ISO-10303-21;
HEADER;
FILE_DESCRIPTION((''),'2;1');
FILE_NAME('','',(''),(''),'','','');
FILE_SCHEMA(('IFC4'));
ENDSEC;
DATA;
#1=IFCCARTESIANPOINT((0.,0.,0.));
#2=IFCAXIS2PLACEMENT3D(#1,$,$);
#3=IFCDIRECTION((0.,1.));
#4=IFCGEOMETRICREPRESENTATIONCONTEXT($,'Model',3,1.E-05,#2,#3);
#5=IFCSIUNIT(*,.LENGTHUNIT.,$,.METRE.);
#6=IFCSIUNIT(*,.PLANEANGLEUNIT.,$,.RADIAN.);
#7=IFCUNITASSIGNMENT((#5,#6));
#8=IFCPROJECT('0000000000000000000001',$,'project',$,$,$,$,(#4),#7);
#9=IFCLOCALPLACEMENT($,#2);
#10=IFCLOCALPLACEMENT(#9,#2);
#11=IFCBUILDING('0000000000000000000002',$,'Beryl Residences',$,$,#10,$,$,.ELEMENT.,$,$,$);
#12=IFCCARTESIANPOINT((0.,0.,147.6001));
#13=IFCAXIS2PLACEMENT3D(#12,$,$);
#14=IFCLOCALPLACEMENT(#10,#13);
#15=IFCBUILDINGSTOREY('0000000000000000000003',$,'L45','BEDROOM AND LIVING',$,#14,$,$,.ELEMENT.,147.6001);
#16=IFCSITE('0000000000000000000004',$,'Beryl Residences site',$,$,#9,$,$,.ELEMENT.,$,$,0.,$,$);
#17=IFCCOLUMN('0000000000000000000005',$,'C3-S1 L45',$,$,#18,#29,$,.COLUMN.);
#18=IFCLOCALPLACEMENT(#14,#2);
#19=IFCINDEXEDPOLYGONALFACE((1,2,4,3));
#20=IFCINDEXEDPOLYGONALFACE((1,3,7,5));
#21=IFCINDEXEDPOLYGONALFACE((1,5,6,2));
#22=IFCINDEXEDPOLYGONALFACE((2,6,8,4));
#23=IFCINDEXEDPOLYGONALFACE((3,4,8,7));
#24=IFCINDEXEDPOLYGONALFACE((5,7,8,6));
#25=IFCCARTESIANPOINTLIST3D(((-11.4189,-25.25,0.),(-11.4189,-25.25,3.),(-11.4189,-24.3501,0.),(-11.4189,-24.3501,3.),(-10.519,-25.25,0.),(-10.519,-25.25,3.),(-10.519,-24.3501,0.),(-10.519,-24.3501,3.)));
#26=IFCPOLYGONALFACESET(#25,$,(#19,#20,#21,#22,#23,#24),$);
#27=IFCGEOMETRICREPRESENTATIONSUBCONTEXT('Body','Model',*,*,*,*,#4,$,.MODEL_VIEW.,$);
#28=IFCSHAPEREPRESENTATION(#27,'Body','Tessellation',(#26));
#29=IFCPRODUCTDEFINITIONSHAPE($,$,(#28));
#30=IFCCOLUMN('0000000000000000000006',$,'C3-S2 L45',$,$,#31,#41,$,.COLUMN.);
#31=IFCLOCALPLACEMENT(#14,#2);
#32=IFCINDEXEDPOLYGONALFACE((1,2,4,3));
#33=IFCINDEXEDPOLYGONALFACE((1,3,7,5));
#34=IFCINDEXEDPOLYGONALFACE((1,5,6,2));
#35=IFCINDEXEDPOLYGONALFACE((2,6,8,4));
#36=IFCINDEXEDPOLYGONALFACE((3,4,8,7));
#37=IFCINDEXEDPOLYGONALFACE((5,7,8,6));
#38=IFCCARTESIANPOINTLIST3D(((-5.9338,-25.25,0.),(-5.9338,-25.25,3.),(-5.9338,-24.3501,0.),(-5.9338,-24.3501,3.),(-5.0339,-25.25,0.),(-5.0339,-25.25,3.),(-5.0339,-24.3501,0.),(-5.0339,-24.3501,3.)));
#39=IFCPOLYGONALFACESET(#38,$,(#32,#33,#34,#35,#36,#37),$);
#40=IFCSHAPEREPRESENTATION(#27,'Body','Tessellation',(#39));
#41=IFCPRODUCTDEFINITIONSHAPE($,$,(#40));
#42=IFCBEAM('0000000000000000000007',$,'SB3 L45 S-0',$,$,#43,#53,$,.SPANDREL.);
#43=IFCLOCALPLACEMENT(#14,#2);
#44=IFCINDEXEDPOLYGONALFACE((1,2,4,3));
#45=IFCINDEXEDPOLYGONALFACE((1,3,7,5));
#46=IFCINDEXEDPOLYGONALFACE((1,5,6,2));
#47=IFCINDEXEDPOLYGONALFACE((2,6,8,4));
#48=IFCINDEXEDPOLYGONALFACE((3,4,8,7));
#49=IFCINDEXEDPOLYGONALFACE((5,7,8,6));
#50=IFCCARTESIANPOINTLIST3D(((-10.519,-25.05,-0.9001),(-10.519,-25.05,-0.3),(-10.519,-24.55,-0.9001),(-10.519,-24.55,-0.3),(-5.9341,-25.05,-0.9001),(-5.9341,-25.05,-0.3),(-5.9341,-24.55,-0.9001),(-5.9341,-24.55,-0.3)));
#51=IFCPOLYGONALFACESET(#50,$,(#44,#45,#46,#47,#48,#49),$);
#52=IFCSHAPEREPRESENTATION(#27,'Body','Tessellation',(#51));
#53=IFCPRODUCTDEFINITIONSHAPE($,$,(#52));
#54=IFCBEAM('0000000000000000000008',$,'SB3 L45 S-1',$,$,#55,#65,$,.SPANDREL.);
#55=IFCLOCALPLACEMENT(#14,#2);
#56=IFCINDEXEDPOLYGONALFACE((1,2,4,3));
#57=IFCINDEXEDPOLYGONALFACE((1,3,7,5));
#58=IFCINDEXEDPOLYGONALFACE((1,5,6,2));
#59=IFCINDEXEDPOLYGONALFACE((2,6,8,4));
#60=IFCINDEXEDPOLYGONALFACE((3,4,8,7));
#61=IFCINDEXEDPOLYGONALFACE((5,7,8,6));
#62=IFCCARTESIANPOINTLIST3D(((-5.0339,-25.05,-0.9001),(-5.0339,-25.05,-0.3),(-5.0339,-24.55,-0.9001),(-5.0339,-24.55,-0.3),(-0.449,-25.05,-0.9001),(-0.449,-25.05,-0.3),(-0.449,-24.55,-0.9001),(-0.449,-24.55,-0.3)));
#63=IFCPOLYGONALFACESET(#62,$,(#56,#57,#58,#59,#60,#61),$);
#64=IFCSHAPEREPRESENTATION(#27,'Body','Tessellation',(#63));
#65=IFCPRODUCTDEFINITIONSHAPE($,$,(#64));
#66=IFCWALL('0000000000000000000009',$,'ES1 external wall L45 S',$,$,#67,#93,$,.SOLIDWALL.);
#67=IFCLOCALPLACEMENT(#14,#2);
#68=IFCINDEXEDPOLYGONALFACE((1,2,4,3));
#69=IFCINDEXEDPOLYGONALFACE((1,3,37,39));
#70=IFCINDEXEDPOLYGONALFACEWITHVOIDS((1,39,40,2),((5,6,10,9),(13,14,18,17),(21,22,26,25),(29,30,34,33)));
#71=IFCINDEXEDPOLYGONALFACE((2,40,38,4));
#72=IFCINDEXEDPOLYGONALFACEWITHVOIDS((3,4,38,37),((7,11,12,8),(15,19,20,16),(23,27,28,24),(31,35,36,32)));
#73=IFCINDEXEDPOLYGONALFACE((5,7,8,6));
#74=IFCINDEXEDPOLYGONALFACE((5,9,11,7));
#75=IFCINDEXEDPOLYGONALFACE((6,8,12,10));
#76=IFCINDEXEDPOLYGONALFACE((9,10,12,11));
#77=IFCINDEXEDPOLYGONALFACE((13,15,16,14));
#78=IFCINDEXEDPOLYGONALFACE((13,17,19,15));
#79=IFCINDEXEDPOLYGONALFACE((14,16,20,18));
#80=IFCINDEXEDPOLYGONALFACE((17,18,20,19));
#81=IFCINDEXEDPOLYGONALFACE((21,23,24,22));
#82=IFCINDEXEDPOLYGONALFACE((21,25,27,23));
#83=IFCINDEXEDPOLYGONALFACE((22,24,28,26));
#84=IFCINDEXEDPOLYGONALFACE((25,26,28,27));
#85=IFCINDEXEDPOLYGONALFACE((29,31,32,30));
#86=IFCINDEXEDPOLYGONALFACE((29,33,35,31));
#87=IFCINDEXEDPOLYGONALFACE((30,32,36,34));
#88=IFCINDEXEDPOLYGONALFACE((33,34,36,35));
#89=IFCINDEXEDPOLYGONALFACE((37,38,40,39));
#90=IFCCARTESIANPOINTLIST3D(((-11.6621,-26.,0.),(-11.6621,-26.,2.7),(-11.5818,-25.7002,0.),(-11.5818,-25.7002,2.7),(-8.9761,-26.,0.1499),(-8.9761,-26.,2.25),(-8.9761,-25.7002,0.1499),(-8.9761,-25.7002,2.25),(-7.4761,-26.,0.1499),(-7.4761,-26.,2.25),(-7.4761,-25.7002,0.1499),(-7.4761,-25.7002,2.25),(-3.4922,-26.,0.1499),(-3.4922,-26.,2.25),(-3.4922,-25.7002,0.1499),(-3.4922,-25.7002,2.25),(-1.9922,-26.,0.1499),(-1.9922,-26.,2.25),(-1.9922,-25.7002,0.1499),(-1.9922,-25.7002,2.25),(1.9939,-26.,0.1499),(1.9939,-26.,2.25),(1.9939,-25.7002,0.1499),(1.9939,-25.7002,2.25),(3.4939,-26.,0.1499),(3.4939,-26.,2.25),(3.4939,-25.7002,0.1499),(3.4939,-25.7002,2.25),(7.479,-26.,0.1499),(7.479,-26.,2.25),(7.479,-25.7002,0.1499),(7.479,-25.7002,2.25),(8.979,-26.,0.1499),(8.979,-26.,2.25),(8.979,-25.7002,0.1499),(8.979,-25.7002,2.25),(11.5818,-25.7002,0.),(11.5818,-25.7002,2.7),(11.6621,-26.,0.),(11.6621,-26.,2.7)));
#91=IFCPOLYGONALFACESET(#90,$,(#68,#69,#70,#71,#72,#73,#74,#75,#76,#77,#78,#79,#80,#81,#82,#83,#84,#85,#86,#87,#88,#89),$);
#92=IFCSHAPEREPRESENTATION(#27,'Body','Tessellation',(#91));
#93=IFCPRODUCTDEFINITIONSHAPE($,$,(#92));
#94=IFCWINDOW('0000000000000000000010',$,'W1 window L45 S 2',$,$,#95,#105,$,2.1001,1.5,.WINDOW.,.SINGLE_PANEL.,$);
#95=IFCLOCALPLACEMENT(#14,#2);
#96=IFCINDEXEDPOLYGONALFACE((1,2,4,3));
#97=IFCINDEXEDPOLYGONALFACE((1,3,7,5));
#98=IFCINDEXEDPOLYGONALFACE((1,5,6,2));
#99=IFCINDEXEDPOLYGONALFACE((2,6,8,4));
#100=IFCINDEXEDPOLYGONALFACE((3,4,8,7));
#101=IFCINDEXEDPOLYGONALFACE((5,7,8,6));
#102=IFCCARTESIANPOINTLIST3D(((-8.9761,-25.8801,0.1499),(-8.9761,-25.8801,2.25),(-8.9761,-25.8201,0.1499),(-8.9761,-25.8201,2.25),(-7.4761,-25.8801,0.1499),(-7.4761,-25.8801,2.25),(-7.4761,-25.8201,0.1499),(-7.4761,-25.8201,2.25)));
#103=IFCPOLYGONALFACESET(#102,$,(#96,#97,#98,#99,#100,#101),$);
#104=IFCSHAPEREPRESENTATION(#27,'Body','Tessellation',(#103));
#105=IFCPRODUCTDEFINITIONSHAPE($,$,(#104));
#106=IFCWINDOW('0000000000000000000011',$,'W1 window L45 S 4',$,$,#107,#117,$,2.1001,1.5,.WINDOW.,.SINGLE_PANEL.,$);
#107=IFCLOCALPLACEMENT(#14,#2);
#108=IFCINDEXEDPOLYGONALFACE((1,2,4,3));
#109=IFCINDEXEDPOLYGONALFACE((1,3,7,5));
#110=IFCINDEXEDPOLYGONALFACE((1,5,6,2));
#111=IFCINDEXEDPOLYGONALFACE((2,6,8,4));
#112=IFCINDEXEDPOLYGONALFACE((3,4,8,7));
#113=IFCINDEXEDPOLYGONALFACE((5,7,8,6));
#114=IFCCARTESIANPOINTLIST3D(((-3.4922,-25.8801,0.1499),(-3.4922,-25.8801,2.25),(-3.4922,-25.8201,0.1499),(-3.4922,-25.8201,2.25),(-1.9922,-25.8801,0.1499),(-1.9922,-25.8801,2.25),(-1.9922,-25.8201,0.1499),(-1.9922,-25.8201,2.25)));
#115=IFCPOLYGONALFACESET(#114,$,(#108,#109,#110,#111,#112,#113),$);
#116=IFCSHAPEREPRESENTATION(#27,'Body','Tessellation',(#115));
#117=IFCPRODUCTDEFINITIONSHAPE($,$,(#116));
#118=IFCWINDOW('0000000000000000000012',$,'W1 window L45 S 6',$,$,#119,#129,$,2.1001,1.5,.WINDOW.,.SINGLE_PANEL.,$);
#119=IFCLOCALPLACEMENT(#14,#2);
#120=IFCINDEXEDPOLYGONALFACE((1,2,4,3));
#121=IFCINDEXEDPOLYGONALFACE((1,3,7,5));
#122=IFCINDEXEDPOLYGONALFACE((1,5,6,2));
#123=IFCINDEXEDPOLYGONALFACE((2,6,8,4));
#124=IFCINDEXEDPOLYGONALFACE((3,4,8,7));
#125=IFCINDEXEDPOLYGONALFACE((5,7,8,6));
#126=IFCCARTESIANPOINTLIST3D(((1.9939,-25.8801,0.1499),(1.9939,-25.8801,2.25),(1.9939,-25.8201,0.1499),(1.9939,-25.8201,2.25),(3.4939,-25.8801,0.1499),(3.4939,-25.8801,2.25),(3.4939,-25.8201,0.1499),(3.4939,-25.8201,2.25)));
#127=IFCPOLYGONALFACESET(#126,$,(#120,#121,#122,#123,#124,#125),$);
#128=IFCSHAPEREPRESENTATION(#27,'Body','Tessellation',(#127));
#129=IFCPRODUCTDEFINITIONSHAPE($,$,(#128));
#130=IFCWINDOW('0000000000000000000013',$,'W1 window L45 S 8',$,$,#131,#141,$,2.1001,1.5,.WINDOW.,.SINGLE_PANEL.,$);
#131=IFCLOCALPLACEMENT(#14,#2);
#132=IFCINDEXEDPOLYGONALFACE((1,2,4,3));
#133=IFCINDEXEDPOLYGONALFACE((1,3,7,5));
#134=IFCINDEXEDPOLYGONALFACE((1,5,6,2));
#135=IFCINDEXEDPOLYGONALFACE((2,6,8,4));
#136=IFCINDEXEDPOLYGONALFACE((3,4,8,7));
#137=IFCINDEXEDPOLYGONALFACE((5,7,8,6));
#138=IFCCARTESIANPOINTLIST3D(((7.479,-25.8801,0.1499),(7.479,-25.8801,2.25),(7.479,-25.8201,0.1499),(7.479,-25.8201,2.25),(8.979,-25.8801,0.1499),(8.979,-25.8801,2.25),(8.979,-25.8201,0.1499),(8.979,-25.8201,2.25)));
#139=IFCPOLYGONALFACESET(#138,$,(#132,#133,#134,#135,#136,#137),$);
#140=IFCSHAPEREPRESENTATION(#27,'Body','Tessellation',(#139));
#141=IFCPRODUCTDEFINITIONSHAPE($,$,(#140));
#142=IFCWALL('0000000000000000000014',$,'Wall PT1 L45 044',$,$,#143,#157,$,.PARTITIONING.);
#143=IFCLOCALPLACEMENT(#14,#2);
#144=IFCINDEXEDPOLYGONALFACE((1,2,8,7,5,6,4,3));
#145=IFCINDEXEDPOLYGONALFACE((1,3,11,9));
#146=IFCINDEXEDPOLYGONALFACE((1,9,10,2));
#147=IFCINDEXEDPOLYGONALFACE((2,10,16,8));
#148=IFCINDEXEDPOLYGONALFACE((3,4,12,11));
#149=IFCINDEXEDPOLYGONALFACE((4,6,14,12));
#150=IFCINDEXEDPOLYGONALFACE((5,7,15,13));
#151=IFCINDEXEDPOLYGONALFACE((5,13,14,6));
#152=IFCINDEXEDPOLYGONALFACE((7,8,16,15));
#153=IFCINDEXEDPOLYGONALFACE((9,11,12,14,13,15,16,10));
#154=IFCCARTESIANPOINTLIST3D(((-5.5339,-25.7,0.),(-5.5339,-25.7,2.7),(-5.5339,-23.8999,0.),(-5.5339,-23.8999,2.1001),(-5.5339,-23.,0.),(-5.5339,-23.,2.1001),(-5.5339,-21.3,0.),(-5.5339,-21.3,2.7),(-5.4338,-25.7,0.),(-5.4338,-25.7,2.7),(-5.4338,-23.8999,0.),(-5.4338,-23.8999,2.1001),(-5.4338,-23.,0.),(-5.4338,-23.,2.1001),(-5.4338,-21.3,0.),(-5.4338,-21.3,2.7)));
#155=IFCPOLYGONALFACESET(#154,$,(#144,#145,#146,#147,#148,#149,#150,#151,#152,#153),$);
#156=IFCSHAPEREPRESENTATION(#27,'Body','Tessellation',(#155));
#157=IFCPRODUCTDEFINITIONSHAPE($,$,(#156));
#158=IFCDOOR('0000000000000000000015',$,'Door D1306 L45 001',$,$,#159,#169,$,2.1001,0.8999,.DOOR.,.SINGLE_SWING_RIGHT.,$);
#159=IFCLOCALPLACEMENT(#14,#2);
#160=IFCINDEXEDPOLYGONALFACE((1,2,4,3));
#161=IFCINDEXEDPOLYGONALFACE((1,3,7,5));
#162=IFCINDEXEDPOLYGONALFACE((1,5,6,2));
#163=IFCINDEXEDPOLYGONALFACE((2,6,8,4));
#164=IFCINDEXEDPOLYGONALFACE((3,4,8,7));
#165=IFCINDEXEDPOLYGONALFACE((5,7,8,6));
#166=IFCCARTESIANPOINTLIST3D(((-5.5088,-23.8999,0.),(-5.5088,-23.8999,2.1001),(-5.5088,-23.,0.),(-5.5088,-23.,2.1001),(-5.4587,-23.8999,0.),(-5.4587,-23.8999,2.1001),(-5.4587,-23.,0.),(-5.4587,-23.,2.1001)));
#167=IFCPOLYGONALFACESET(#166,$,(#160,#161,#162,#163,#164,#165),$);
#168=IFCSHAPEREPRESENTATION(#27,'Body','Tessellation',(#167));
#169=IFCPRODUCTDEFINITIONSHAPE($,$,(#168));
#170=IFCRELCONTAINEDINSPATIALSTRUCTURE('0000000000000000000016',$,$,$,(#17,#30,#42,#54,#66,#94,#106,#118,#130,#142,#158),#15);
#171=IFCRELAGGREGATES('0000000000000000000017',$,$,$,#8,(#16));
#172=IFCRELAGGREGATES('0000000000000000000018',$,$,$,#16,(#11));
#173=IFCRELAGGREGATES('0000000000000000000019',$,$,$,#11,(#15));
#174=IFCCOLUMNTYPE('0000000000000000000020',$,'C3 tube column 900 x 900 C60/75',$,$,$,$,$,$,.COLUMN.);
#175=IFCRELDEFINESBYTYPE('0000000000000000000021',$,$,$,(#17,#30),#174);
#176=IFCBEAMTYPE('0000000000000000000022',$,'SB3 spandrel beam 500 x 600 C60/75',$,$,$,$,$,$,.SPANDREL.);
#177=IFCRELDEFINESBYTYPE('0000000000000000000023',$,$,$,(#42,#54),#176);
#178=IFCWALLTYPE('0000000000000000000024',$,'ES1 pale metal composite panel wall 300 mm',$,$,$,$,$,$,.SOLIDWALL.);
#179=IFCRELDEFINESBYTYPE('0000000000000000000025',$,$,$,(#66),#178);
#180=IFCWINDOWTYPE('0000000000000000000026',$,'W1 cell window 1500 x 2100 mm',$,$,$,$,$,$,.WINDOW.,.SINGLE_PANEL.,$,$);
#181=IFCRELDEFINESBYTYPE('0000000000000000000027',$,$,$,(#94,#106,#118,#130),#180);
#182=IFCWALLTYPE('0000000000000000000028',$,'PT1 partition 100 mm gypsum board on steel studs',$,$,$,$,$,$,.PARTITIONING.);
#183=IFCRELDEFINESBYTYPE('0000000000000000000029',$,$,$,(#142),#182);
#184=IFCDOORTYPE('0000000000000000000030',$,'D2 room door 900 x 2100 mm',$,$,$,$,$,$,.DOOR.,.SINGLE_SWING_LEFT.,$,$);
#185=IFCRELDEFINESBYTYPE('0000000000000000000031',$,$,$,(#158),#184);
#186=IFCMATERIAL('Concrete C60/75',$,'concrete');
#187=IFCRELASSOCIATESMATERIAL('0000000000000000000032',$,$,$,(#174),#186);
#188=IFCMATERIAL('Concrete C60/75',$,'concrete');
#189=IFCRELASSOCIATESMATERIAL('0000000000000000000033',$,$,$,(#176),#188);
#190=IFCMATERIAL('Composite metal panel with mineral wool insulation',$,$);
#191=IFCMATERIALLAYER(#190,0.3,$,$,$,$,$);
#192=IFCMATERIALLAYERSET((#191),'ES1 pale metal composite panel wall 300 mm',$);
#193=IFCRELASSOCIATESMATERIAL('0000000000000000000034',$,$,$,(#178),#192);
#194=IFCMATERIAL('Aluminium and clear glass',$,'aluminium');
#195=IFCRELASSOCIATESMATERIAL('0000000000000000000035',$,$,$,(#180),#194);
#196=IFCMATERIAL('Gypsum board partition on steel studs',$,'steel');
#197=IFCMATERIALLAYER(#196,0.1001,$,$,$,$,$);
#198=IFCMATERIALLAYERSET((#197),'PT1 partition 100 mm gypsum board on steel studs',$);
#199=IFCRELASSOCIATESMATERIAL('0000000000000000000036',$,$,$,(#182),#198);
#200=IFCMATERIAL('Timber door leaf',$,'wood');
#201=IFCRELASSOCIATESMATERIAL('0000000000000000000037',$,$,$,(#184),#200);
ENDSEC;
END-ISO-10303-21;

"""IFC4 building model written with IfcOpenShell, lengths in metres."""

from ifc_helpers import new_model, si_unit, direction, frame, frame_2d, origin, origin_2d, place, context, subcontext, project, spatial, polyline, rectangle, outline, extrude, material, layer, layer_set, material_profile, profile_set, type_object, element, fill, save


model = new_model("IFC4")

# Units and contexts
model_context = context("Model", 3, precision=1e-05, world=origin(), true_north=direction((0.0, 1.0)))
body_context = subcontext(model_context, "Body", "Model", "MODEL_VIEW")
ifc_project = project(units=[si_unit("LENGTHUNIT", "METRE"), si_unit("PLANEANGLEUNIT", "RADIAN")], contexts=[model_context])

# Site, building, storey
site_placement = place(None, origin())
site = spatial("IfcSite", under=ifc_project, at=site_placement, Name="Beryl Residences site", CompositionType="ELEMENT", RefElevation=0.0)
building_placement = place(site_placement, origin())
building = spatial("IfcBuilding", under=site, at=building_placement, Name="Beryl Residences", CompositionType="ELEMENT")
storey_placement = place(building_placement, frame((0.0, 0.0, 147.6001)))
storey = spatial("IfcBuildingStorey", under=building, at=storey_placement, Name="L45", Description="BEDROOM AND LIVING", CompositionType="ELEMENT", Elevation=147.6001)

# Columns
ifc_material_1 = material(Name="Concrete C60/75", Category="concrete")
ifc_material_profile_1 = material_profile(ifc_material_1, rectangle(XDim=0.8999, YDim=0.8999, at=origin_2d()))
ifc_profile_set_1 = profile_set([ifc_material_profile_1], Name="Concrete C60/75")
column_type = type_object("IfcColumnType", Name="C3 tube column 900 x 900 C60/75", PredefinedType="COLUMN", material=ifc_profile_set_1)
for number, where, z_axis, x_axis, name in (
    (1, (-10.969, -24.8, 0.0), (0.0, 0.0, 1.0), (1.0, 0.0, 0.0), "C3-S1 L45"),
    (2, (-5.4839, -24.8, 0.0), (0.0, 0.0, 1.0), (1.0, 0.0, 0.0), "C3-S2 L45"),
):
    element("IfcColumn", number, at=place(storey_placement, frame(where, z_axis=z_axis, x_axis=x_axis)), inside=storey, type_object=column_type, Name=name, PredefinedType="COLUMN", context=body_context, shape_type="SweptSolid", body=[
        extrude(rectangle(XDim=0.8999, YDim=0.8999, at=origin_2d()), origin(), (0.0, 0.0, 1.0), 3.0),
    ])

# Beams
ifc_material_2 = material(Name="Concrete C60/75", Category="concrete")
ifc_material_profile_2 = material_profile(ifc_material_2, rectangle(XDim=0.5, YDim=0.6001, at=origin_2d()))
ifc_profile_set_2 = profile_set([ifc_material_profile_2], Name="Concrete C60/75")
beam_type = type_object("IfcBeamType", Name="SB3 spandrel beam 500 x 600 C60/75", PredefinedType="SPANDREL", material=ifc_profile_set_2)
for number, where, z_axis, x_axis, name in (
    (3, (-10.519, -24.8, -0.6001), (1.0, 0.0, 0.0), (0.0, 1.0, 0.0), "SB3 L45 S-0"),
    (4, (-5.0339, -24.8, -0.6001), (1.0, 0.0, 0.0), (0.0, 1.0, 0.0), "SB3 L45 S-1"),
):
    element("IfcBeam", number, at=place(storey_placement, frame(where, z_axis=z_axis, x_axis=x_axis)), inside=storey, type_object=beam_type, Name=name, PredefinedType="SPANDREL", context=body_context, shape_type="SweptSolid", body=[
        extrude(rectangle(XDim=0.5, YDim=0.6001, at=origin_2d()), origin(), (0.0, 0.0, 1.0), 4.585),
    ])

# Wall, openings, windows
ifc_material_3 = material(Name="Composite metal panel with mineral wool insulation")
ifc_layer_1 = layer(ifc_material_3, 0.3)
ifc_layer_set_1 = layer_set([ifc_layer_1], Name="ES1 pale metal composite panel wall 300 mm")
wall_type_1 = type_object("IfcWallType", Name="ES1 pale metal composite panel wall 300 mm", PredefinedType="SOLIDWALL", material=ifc_layer_set_1)
wall_1_placement = place(storey_placement, frame((-11.6621, -25.8501, 0.0), z_axis=(0.0, 0.0, 1.0), x_axis=(1.0, 0.0, 0.0)))
wall_1 = element("IfcWall", 5, at=wall_1_placement, inside=storey, type_object=wall_type_1, Name="ES1 external wall L45 S", PredefinedType="SOLIDWALL", context=body_context, shape_type="SweptSolid", body=[
    extrude(outline(polyline([(0.0, -0.1499), (23.3242, -0.1499), (23.2439, 0.1499), (0.0803, 0.1499), (0.0, -0.1499)])), origin(), (0.0, 0.0, 1.0), 2.7),
])
opening_1_placement = place(wall_1_placement, frame((2.686, 0.0, 0.1499)))
opening_1 = element("IfcOpeningElement", 6, at=opening_1_placement, cuts=wall_1, PredefinedType="OPENING", context=body_context, shape_type="SweptSolid", body=[
    extrude(rectangle(XDim=1.5, YDim=2.1001, at=frame_2d((0.75, 1.05))), frame((0.0, 0.1599, 0.0), z_axis=(0.0, -1.0, 0.0), x_axis=(1.0, 0.0, 0.0)), (0.0, 0.0, 1.0), 0.3201),
])
opening_2_placement = place(wall_1_placement, frame((8.1699, 0.0, 0.1499)))
opening_2 = element("IfcOpeningElement", 7, at=opening_2_placement, cuts=wall_1, PredefinedType="OPENING", context=body_context, shape_type="SweptSolid", body=[
    extrude(rectangle(XDim=1.5, YDim=2.1001, at=frame_2d((0.75, 1.05))), frame((0.0, 0.1599, 0.0), z_axis=(0.0, -1.0, 0.0), x_axis=(1.0, 0.0, 0.0)), (0.0, 0.0, 1.0), 0.3201),
])
opening_3_placement = place(wall_1_placement, frame((13.656, 0.0, 0.1499)))
opening_3 = element("IfcOpeningElement", 8, at=opening_3_placement, cuts=wall_1, PredefinedType="OPENING", context=body_context, shape_type="SweptSolid", body=[
    extrude(rectangle(XDim=1.5, YDim=2.1001, at=frame_2d((0.75, 1.05))), frame((0.0, 0.1599, 0.0), z_axis=(0.0, -1.0, 0.0), x_axis=(1.0, 0.0, 0.0)), (0.0, 0.0, 1.0), 0.3201),
])
opening_4_placement = place(wall_1_placement, frame((19.1411, 0.0, 0.1499)))
opening_4 = element("IfcOpeningElement", 9, at=opening_4_placement, cuts=wall_1, PredefinedType="OPENING", context=body_context, shape_type="SweptSolid", body=[
    extrude(rectangle(XDim=1.5, YDim=2.1001, at=frame_2d((0.75, 1.05))), frame((0.0, 0.1599, 0.0), z_axis=(0.0, -1.0, 0.0), x_axis=(1.0, 0.0, 0.0)), (0.0, 0.0, 1.0), 0.3201),
])
ifc_material_4 = material(Name="Aluminium and clear glass", Category="aluminium")
window_type = type_object("IfcWindowType", Name="W1 cell window 1500 x 2100 mm", PartitioningType="SINGLE_PANEL", PredefinedType="WINDOW", material=ifc_material_4)
window_1_placement = place(opening_1_placement, origin())
window_1 = element("IfcWindow", 10, at=window_1_placement, inside=storey, type_object=window_type, Name="W1 window L45 S 2", OverallHeight=2.1001, OverallWidth=1.5, PartitioningType="SINGLE_PANEL", PredefinedType="WINDOW", context=body_context, shape_type="SweptSolid", body=[
    extrude(rectangle(XDim=1.5, YDim=2.1001, at=frame_2d((0.75, 1.05))), frame((0.0, 0.03, 0.0), z_axis=(0.0, -1.0, 0.0), x_axis=(1.0, 0.0, 0.0)), (0.0, 0.0, 1.0), 0.0601),
])
fill(opening_1, window_1)
window_2_placement = place(opening_2_placement, origin())
window_2 = element("IfcWindow", 11, at=window_2_placement, inside=storey, type_object=window_type, Name="W1 window L45 S 4", OverallHeight=2.1001, OverallWidth=1.5, PartitioningType="SINGLE_PANEL", PredefinedType="WINDOW", context=body_context, shape_type="SweptSolid", body=[
    extrude(rectangle(XDim=1.5, YDim=2.1001, at=frame_2d((0.75, 1.05))), frame((0.0, 0.03, 0.0), z_axis=(0.0, -1.0, 0.0), x_axis=(1.0, 0.0, 0.0)), (0.0, 0.0, 1.0), 0.0601),
])
fill(opening_2, window_2)
window_3_placement = place(opening_3_placement, origin())
window_3 = element("IfcWindow", 12, at=window_3_placement, inside=storey, type_object=window_type, Name="W1 window L45 S 6", OverallHeight=2.1001, OverallWidth=1.5, PartitioningType="SINGLE_PANEL", PredefinedType="WINDOW", context=body_context, shape_type="SweptSolid", body=[
    extrude(rectangle(XDim=1.5, YDim=2.1001, at=frame_2d((0.75, 1.05))), frame((0.0, 0.03, 0.0), z_axis=(0.0, -1.0, 0.0), x_axis=(1.0, 0.0, 0.0)), (0.0, 0.0, 1.0), 0.0601),
])
fill(opening_3, window_3)
window_4_placement = place(opening_4_placement, origin())
window_4 = element("IfcWindow", 13, at=window_4_placement, inside=storey, type_object=window_type, Name="W1 window L45 S 8", OverallHeight=2.1001, OverallWidth=1.5, PartitioningType="SINGLE_PANEL", PredefinedType="WINDOW", context=body_context, shape_type="SweptSolid", body=[
    extrude(rectangle(XDim=1.5, YDim=2.1001, at=frame_2d((0.75, 1.05))), frame((0.0, 0.03, 0.0), z_axis=(0.0, -1.0, 0.0), x_axis=(1.0, 0.0, 0.0)), (0.0, 0.0, 1.0), 0.0601),
])
fill(opening_4, window_4)

# Wall, opening, door
ifc_material_5 = material(Name="Gypsum board partition on steel studs", Category="steel")
ifc_layer_2 = layer(ifc_material_5, 0.1001)
ifc_layer_set_2 = layer_set([ifc_layer_2], Name="PT1 partition 100 mm gypsum board on steel studs")
wall_type_2 = type_object("IfcWallType", Name="PT1 partition 100 mm gypsum board on steel studs", PredefinedType="PARTITIONING", material=ifc_layer_set_2)
wall_2_placement = place(storey_placement, frame((-5.4839, -25.7, 0.0), z_axis=(0.0, 0.0, 1.0), x_axis=(0.0, 1.0, 0.0)))
wall_2 = element("IfcWall", 14, at=wall_2_placement, inside=storey, type_object=wall_type_2, Name="Wall PT1 L45 044", PredefinedType="PARTITIONING", context=body_context, shape_type="SweptSolid", body=[
    extrude(rectangle(XDim=4.3999, YDim=0.1001, at=frame_2d((2.2, 0.0))), origin(), (0.0, 0.0, 1.0), 2.7),
])
opening_5_placement = place(wall_2_placement, frame((1.8, 0.0, 0.0)))
opening_5 = element("IfcOpeningElement", 15, at=opening_5_placement, cuts=wall_2, PredefinedType="OPENING", context=body_context, shape_type="SweptSolid", body=[
    extrude(rectangle(XDim=0.8999, YDim=2.1001, at=frame_2d((0.45, 1.05))), frame((0.0, 0.0601, 0.0), z_axis=(0.0, -1.0, 0.0), x_axis=(1.0, 0.0, 0.0)), (0.0, 0.0, 1.0), 0.1201),
])
ifc_material_6 = material(Name="Timber door leaf", Category="wood")
door_type_1 = type_object("IfcDoorType", Name="D2 room door 900 x 2100 mm", OperationType="SINGLE_SWING_LEFT", PredefinedType="DOOR", material=ifc_material_6)
door_1_placement = place(opening_5_placement, origin())
door_1 = element("IfcDoor", 16, at=door_1_placement, inside=storey, type_object=door_type_1, Name="Door D1306 L45 001", OperationType="SINGLE_SWING_RIGHT", OverallHeight=2.1001, OverallWidth=0.8999, PredefinedType="DOOR", context=body_context, shape_type="SweptSolid", body=[
    extrude(rectangle(XDim=0.8999, YDim=2.1001, at=frame_2d((0.45, 1.05))), frame((0.0, 0.0249, 0.0), z_axis=(0.0, -1.0, 0.0), x_axis=(1.0, 0.0, 0.0)), (0.0, 0.0, 1.0), 0.05),
])
fill(opening_5, door_1)

save(model, "model.ifc")
